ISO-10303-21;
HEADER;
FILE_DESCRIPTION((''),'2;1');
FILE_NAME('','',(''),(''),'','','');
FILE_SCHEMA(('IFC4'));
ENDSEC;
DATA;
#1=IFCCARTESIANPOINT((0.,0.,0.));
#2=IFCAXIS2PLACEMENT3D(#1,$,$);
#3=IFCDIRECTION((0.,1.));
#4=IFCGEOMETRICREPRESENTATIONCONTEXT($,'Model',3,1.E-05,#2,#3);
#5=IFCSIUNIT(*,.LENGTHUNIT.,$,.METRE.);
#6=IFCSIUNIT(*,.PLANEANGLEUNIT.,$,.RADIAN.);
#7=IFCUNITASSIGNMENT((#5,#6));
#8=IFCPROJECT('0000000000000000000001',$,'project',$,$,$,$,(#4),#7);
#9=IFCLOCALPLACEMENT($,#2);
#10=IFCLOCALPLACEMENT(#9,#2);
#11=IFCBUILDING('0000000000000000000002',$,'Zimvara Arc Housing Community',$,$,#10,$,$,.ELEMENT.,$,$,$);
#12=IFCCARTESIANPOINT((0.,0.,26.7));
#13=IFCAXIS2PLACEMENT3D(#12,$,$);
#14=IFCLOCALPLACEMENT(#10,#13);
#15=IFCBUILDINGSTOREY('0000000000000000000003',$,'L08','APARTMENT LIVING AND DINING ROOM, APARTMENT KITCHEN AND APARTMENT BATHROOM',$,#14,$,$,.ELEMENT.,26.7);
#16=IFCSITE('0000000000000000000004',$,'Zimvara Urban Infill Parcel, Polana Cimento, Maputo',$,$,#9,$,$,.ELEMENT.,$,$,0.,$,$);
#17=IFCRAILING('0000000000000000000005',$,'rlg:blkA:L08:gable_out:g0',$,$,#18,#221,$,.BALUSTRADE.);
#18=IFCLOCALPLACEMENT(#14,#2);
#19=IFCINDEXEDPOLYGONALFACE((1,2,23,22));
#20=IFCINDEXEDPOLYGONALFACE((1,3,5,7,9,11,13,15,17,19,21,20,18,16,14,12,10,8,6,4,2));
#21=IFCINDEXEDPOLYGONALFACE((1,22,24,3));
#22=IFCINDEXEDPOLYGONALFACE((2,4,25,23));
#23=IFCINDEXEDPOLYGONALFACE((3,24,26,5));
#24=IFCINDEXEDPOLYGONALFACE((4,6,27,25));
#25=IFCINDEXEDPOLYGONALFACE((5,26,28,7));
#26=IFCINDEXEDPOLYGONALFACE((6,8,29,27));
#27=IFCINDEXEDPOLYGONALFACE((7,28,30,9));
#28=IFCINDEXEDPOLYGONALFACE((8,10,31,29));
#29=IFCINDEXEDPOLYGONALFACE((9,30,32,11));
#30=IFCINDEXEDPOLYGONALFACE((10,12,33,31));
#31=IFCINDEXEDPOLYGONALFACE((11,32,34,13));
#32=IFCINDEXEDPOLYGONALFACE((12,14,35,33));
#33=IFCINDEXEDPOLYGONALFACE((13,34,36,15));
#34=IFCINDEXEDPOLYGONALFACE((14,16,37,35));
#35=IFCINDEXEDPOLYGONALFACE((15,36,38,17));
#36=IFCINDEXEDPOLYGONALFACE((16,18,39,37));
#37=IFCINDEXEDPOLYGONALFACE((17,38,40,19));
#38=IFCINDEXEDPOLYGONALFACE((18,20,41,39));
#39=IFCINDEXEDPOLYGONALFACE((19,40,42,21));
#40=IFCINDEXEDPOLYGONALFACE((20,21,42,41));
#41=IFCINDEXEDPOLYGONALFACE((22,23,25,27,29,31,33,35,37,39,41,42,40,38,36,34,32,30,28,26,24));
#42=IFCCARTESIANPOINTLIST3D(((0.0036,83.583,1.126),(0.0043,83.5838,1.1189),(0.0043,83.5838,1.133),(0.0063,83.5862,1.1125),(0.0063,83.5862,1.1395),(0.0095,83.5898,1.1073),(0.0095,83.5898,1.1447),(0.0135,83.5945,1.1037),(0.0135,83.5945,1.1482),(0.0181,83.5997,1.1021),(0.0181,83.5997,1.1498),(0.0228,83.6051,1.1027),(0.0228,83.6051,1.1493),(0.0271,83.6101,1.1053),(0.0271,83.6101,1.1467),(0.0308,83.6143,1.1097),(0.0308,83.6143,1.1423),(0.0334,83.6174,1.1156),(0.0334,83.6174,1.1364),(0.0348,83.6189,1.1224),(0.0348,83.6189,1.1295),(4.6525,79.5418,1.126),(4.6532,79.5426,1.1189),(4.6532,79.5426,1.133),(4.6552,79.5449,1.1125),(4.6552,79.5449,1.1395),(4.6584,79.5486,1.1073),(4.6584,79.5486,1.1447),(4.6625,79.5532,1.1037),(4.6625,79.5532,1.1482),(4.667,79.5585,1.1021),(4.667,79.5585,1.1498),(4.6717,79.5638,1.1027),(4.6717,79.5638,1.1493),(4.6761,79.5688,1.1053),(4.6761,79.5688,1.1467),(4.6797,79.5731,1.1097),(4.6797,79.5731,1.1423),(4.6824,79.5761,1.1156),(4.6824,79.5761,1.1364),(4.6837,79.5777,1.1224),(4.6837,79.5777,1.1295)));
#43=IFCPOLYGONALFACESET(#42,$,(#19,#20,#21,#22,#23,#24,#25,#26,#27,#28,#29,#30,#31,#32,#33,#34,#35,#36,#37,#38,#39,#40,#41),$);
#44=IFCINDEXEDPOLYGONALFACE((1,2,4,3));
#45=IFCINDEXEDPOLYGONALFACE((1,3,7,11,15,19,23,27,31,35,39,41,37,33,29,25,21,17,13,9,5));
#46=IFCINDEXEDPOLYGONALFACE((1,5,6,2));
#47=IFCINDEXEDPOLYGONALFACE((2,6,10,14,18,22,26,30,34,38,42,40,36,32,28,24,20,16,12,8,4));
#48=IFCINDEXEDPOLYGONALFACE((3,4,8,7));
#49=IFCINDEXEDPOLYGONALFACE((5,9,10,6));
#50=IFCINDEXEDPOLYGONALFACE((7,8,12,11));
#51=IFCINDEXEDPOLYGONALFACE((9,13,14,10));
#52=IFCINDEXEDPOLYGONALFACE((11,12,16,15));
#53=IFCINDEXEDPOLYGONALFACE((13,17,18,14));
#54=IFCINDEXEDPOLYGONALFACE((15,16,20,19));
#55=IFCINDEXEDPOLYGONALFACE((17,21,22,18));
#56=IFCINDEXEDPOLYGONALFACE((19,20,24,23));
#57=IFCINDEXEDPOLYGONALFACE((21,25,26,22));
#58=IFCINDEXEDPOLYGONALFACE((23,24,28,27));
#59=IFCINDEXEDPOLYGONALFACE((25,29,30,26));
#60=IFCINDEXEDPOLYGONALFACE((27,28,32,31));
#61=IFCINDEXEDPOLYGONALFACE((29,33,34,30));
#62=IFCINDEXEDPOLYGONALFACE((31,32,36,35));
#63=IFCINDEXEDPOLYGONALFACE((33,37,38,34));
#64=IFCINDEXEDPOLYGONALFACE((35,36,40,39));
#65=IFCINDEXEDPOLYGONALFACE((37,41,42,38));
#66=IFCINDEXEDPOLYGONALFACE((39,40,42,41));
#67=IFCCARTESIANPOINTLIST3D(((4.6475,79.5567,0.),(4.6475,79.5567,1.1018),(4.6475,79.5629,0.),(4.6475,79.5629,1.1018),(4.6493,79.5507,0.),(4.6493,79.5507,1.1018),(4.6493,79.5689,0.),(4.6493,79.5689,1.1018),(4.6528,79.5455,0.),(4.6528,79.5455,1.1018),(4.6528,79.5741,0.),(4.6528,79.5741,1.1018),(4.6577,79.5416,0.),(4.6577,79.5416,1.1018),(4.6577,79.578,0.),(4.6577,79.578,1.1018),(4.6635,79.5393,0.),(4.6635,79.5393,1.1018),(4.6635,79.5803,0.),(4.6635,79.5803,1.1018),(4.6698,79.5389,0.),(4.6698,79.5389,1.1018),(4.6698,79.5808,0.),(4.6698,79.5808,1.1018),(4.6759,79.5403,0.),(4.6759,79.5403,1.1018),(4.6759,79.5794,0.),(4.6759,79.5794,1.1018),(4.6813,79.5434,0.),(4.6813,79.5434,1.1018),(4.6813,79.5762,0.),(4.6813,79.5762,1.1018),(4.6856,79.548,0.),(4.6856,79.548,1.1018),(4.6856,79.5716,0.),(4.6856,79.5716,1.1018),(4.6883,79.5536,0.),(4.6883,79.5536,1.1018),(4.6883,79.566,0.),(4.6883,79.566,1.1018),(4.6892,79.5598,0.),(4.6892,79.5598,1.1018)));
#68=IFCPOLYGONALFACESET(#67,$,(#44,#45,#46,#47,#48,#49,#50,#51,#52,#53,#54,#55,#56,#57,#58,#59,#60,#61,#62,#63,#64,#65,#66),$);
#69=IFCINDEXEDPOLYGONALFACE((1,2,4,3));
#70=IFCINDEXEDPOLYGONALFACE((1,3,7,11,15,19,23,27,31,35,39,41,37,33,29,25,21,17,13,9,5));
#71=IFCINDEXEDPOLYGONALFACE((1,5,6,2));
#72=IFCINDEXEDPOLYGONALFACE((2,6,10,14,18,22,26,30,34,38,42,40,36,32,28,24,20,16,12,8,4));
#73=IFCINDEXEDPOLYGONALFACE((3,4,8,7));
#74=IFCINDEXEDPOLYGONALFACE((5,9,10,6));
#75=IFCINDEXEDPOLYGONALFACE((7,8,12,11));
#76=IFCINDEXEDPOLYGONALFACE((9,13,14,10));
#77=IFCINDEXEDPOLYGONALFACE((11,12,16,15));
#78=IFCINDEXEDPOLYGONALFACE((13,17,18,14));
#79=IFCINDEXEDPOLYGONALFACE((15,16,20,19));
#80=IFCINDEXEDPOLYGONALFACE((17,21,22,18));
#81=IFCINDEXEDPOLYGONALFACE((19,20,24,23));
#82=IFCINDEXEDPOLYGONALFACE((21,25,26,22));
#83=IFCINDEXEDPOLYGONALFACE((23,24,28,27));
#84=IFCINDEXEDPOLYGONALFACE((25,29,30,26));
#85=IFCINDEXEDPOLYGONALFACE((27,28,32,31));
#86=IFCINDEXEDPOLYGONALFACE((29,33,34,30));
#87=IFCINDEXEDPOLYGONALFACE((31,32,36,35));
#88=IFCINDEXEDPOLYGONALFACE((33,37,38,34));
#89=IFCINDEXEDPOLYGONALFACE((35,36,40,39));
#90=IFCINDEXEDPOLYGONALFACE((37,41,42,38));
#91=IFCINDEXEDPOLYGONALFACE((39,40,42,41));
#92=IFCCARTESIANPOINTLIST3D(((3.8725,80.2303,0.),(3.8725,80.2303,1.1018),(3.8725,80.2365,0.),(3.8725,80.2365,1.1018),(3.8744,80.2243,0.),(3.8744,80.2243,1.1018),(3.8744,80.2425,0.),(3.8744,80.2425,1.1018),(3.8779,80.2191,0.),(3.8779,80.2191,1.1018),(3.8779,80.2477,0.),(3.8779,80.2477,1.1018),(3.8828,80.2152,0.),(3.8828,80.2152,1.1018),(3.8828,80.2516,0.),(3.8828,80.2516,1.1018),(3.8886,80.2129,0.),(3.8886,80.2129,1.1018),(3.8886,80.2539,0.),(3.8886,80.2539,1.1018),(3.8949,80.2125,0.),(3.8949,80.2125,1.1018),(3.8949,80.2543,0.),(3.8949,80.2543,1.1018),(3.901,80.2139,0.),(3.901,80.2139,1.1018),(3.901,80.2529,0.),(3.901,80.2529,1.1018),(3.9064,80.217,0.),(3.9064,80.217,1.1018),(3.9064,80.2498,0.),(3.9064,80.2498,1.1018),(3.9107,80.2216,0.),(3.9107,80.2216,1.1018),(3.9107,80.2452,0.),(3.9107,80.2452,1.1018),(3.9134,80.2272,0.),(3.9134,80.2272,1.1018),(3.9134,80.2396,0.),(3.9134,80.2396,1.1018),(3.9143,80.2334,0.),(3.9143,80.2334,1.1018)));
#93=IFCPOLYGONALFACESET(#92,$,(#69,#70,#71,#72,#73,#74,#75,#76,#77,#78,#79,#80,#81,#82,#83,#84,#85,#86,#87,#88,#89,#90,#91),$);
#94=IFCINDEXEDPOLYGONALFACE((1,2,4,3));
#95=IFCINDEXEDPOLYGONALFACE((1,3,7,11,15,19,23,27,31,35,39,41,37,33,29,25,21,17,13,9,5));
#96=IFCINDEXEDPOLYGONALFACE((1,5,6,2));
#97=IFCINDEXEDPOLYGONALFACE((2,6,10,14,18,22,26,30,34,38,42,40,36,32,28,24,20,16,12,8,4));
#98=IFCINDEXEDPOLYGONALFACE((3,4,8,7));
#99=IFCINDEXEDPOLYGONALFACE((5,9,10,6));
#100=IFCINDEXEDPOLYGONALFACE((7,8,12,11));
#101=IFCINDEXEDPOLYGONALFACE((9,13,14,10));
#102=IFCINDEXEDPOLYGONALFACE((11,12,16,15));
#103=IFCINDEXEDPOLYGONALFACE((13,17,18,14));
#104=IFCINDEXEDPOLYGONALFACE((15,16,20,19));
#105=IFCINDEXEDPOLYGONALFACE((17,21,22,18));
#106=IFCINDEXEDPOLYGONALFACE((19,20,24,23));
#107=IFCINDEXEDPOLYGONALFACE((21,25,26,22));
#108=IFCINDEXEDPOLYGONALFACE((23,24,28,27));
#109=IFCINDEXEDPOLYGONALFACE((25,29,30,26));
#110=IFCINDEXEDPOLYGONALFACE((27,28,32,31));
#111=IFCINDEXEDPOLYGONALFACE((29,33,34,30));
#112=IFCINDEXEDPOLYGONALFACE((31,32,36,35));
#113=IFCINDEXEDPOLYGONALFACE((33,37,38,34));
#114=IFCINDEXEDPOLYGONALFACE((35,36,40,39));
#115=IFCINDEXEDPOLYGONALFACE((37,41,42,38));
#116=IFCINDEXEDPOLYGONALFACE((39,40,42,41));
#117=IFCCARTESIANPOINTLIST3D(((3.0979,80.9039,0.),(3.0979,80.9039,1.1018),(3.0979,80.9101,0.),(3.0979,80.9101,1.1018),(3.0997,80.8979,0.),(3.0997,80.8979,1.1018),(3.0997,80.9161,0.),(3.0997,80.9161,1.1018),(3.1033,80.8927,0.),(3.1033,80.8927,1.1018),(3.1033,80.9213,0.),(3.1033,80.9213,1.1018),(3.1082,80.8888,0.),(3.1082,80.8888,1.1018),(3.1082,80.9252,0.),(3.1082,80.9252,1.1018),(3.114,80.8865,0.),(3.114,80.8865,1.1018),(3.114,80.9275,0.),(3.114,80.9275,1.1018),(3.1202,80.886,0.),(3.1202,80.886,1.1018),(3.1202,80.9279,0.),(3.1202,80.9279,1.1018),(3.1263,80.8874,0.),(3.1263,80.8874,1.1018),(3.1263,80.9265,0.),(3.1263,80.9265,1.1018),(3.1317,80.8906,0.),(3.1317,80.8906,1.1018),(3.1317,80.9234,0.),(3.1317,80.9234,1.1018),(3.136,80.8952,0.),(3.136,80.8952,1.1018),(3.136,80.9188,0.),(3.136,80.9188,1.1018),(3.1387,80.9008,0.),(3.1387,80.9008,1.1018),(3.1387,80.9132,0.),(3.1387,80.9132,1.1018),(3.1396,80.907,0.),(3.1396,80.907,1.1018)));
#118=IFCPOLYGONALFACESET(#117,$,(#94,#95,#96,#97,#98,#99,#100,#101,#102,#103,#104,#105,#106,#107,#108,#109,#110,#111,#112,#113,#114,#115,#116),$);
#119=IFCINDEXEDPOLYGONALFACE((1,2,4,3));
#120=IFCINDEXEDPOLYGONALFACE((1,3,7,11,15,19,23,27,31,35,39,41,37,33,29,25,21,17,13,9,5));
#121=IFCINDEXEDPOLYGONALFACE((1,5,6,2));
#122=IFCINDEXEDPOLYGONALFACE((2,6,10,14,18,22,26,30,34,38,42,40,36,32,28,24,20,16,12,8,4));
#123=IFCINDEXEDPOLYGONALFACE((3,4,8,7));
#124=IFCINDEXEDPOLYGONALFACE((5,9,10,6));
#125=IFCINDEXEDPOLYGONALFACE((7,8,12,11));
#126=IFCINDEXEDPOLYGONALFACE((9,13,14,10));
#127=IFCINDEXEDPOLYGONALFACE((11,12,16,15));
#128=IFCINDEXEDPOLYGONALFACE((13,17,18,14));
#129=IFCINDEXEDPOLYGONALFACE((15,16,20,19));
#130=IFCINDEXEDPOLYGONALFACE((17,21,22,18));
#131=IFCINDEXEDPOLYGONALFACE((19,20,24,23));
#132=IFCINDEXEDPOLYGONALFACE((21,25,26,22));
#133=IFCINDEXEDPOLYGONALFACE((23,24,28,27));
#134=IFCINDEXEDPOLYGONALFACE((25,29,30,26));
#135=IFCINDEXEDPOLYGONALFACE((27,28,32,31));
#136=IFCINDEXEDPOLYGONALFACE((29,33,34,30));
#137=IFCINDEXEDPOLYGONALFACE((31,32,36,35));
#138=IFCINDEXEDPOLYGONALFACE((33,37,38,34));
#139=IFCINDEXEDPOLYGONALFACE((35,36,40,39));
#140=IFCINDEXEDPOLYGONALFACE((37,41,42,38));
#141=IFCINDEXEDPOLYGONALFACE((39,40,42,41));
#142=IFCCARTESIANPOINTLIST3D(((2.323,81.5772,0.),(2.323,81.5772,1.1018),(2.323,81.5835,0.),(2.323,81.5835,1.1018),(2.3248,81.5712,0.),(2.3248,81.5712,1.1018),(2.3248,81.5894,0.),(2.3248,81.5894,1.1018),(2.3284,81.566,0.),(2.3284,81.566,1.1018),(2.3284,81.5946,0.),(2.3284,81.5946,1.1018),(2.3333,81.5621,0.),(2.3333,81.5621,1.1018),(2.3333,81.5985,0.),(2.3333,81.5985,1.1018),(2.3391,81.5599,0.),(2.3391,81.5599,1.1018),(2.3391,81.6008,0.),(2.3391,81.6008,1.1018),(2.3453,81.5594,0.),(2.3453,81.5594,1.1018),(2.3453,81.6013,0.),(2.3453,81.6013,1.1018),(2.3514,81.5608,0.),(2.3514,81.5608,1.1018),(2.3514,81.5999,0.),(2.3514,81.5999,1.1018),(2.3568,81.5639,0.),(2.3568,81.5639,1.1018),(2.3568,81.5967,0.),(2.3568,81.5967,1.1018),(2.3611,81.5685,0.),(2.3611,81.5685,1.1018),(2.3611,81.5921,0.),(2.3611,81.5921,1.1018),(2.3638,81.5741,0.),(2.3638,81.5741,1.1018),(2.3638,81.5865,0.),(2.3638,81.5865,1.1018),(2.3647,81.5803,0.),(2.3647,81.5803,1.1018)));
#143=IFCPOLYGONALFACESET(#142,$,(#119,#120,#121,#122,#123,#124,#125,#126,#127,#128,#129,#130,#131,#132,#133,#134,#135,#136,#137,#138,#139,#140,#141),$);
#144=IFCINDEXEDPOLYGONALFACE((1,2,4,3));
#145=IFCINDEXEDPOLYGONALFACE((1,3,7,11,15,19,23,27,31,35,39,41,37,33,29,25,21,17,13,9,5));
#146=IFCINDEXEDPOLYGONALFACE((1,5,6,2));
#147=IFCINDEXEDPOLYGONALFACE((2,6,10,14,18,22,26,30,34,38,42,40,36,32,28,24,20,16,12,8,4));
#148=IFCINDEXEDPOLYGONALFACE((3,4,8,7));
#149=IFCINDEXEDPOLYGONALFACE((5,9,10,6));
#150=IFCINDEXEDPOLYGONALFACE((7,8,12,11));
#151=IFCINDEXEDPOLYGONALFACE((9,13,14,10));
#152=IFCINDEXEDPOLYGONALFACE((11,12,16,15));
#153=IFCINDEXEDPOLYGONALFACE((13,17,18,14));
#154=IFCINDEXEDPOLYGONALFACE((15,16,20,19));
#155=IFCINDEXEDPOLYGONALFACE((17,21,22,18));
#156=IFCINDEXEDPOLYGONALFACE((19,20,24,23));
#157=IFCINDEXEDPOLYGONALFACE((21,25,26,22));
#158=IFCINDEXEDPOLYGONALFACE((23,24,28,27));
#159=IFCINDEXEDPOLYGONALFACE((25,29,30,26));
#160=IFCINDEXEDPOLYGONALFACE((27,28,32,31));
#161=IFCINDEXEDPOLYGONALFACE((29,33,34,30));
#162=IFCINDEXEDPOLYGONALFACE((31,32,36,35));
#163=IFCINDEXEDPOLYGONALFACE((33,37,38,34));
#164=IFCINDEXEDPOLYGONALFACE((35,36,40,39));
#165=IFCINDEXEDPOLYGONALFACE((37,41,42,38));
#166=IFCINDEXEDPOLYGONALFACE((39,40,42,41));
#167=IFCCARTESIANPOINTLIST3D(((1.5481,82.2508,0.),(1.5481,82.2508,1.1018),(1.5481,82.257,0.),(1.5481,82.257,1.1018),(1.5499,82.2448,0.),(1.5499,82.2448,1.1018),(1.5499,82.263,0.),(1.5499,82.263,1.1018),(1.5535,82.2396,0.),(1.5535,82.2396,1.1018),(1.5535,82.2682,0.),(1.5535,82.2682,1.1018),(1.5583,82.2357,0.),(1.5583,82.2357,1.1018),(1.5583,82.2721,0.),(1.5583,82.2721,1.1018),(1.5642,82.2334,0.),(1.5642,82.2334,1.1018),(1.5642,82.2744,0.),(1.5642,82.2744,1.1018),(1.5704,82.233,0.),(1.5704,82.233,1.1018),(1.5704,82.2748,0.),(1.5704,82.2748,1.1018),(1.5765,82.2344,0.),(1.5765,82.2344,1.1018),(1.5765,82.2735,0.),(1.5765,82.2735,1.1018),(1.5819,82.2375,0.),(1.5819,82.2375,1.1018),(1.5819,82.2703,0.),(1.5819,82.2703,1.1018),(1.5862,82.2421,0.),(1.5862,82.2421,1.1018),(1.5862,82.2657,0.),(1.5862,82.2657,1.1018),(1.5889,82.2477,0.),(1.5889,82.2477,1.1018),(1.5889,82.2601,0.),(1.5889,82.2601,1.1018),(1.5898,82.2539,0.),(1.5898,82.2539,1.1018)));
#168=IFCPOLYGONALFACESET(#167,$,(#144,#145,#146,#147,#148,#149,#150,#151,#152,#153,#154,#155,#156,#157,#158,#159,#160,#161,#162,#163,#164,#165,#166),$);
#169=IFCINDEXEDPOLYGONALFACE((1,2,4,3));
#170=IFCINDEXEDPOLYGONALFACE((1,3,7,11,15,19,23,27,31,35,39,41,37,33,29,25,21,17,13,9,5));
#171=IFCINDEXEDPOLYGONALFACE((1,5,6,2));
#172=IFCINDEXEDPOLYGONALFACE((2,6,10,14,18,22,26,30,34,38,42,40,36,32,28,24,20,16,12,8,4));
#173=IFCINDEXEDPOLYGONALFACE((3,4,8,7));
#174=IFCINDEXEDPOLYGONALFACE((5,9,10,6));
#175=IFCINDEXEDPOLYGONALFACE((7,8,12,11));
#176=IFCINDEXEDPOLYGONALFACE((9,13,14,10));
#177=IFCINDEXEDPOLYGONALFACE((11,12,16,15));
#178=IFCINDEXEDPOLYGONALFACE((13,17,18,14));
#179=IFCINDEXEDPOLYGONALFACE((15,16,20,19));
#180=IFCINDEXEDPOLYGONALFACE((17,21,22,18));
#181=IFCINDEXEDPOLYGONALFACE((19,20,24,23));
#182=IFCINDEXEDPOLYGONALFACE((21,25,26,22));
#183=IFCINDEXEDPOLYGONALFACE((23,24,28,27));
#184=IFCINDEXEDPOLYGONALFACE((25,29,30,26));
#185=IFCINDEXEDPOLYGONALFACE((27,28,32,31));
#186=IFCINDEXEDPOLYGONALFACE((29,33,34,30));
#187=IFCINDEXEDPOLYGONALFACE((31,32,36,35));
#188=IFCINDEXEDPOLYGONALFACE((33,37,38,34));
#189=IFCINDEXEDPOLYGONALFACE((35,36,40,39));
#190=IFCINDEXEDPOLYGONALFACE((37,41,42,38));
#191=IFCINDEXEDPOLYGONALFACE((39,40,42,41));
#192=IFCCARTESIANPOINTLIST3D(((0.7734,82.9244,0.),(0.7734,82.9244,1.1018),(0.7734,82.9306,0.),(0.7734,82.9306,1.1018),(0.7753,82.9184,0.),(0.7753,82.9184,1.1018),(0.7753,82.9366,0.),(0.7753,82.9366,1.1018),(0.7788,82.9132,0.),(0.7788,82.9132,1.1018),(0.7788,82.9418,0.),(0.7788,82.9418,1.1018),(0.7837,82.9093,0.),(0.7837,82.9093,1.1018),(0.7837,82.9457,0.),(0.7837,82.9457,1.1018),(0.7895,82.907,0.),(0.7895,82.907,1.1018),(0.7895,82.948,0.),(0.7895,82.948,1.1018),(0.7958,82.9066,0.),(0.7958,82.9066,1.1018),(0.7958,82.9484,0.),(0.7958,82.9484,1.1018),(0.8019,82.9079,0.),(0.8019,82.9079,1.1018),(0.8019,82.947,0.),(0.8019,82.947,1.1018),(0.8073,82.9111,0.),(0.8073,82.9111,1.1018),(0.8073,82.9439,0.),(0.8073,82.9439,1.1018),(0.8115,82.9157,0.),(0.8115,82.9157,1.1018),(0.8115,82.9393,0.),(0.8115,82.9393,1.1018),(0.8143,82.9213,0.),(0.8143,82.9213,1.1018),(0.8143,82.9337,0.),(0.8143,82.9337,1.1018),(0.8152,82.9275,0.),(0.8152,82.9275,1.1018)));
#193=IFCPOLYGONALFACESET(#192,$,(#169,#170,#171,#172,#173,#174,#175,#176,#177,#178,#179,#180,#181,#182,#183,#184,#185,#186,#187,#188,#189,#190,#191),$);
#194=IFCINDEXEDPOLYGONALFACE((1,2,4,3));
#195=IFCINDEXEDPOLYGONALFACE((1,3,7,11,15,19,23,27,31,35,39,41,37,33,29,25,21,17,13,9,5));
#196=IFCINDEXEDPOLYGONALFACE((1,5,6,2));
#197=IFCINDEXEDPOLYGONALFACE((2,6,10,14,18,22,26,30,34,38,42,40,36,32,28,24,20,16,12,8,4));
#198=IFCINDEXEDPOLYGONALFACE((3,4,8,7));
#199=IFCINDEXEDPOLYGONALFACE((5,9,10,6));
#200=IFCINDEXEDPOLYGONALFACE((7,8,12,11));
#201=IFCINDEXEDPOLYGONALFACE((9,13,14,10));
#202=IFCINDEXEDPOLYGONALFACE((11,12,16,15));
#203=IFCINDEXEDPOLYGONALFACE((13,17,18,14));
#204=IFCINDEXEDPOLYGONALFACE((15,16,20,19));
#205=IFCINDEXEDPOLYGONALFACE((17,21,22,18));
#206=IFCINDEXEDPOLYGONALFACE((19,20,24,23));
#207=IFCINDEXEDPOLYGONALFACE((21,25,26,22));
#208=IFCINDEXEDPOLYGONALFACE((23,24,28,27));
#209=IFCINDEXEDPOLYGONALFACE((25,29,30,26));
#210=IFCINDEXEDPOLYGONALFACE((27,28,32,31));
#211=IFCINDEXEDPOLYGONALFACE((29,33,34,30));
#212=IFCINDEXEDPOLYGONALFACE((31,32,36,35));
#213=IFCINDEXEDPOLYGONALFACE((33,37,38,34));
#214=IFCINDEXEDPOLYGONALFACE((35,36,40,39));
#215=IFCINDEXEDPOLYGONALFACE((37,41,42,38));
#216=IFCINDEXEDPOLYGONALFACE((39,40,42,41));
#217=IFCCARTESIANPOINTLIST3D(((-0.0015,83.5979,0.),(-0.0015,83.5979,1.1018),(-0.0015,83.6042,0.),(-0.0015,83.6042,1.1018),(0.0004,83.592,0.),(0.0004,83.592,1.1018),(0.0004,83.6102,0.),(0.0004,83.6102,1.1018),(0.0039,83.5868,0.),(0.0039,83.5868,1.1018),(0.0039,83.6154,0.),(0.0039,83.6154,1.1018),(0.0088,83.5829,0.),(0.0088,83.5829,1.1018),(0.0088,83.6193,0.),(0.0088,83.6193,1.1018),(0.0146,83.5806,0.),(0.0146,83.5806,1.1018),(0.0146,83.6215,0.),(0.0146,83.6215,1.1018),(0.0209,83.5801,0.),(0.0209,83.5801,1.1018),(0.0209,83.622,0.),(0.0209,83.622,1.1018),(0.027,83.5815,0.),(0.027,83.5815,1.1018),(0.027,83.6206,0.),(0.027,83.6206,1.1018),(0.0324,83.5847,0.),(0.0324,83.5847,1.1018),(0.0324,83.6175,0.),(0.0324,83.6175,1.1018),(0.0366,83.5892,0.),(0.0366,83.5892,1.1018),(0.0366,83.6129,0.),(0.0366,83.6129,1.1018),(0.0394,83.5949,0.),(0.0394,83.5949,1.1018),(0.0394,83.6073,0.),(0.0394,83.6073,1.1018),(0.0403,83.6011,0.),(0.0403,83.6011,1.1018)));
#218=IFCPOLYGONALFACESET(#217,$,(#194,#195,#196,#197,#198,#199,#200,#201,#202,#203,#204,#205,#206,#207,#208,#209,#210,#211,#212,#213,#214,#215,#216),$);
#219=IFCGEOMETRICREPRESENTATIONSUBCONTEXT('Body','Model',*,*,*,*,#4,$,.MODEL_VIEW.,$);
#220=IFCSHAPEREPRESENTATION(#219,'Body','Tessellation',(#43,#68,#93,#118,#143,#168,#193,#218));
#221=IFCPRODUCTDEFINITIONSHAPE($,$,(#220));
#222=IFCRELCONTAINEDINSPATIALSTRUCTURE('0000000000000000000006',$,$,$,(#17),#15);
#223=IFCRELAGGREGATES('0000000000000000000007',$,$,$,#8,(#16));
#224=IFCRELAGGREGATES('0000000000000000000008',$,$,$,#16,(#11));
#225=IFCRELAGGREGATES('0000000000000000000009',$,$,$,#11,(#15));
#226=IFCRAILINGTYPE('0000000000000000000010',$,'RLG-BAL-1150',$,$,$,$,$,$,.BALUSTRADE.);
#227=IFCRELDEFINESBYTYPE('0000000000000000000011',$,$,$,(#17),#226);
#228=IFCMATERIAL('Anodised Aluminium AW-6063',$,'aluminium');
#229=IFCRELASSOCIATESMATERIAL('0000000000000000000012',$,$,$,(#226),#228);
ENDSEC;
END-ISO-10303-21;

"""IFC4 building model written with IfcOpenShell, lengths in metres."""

from ifc_helpers import new_model, si_unit, direction, frame, origin, origin_2d, place, context, subcontext, project, spatial, circle, extrude, material, type_object, element, save


model = new_model("IFC4")

# Units and contexts
model_context = context("Model", 3, precision=1e-05, world=origin(), true_north=direction((0.0, 1.0)))
body_context = subcontext(model_context, "Body", "Model", "MODEL_VIEW")
ifc_project = project(units=[si_unit("LENGTHUNIT", "METRE"), si_unit("PLANEANGLEUNIT", "RADIAN")], contexts=[model_context])

# Site, building, storey
site_placement = place(None, origin())
site = spatial("IfcSite", under=ifc_project, at=site_placement, Name="Zimvara Urban Infill Parcel, Polana Cimento, Maputo", CompositionType="ELEMENT", RefElevation=0.0)
building_placement = place(site_placement, origin())
building = spatial("IfcBuilding", under=site, at=building_placement, Name="Zimvara Arc Housing Community", CompositionType="ELEMENT")
storey_placement = place(building_placement, frame((0.0, 0.0, 26.7)))
storey = spatial("IfcBuildingStorey", under=building, at=storey_placement, Name="L08", Description="APARTMENT LIVING AND DINING ROOM, APARTMENT KITCHEN AND APARTMENT BATHROOM", CompositionType="ELEMENT", Elevation=26.7)

# Railing
ifc_material_1 = material(Name="Anodised Aluminium AW-6063", Category="aluminium")
railing_type = type_object("IfcRailingType", Name="RLG-BAL-1150", PredefinedType="BALUSTRADE", material=ifc_material_1)
railing_placement = place(storey_placement, frame((4.6682, 79.5598, 0.0)))
element("IfcRailing", 1, at=railing_placement, inside=storey, type_object=railing_type, Name="rlg:blkA:L08:gable_out:g0", PredefinedType="BALUSTRADE", context=body_context, shape_type="SweptSolid", body=[
    extrude(circle(Radius=0.0239, at=origin_2d()), frame((0.0, 0.0, 1.126), z_axis=(-0.754709, 0.65606, 0.0), x_axis=(-0.65606, -0.754709, 0.0)), (0.0, 0.0, 1.0), 6.1599),
    extrude(circle(Radius=0.021, at=origin_2d()), origin(), (0.0, 0.0, 1.0), 1.1018),
    extrude(circle(Radius=0.021, at=origin_2d()), frame((-0.7749, 0.6736, 0.0)), (0.0, 0.0, 1.0), 1.1018),
    extrude(circle(Radius=0.021, at=origin_2d()), frame((-1.5496, 1.3472, 0.0)), (0.0, 0.0, 1.0), 1.1018),
    extrude(circle(Radius=0.021, at=origin_2d()), frame((-2.3245, 2.0205, 0.0)), (0.0, 0.0, 1.0), 1.1018),
    extrude(circle(Radius=0.021, at=origin_2d()), frame((-3.0994, 2.6941, 0.0)), (0.0, 0.0, 1.0), 1.1018),
    extrude(circle(Radius=0.021, at=origin_2d()), frame((-3.874, 3.3677, 0.0)), (0.0, 0.0, 1.0), 1.1018),
    extrude(circle(Radius=0.021, at=origin_2d()), frame((-4.6489, 4.0413, 0.0)), (0.0, 0.0, 1.0), 1.1018),
])

save(model, "model.ifc")
